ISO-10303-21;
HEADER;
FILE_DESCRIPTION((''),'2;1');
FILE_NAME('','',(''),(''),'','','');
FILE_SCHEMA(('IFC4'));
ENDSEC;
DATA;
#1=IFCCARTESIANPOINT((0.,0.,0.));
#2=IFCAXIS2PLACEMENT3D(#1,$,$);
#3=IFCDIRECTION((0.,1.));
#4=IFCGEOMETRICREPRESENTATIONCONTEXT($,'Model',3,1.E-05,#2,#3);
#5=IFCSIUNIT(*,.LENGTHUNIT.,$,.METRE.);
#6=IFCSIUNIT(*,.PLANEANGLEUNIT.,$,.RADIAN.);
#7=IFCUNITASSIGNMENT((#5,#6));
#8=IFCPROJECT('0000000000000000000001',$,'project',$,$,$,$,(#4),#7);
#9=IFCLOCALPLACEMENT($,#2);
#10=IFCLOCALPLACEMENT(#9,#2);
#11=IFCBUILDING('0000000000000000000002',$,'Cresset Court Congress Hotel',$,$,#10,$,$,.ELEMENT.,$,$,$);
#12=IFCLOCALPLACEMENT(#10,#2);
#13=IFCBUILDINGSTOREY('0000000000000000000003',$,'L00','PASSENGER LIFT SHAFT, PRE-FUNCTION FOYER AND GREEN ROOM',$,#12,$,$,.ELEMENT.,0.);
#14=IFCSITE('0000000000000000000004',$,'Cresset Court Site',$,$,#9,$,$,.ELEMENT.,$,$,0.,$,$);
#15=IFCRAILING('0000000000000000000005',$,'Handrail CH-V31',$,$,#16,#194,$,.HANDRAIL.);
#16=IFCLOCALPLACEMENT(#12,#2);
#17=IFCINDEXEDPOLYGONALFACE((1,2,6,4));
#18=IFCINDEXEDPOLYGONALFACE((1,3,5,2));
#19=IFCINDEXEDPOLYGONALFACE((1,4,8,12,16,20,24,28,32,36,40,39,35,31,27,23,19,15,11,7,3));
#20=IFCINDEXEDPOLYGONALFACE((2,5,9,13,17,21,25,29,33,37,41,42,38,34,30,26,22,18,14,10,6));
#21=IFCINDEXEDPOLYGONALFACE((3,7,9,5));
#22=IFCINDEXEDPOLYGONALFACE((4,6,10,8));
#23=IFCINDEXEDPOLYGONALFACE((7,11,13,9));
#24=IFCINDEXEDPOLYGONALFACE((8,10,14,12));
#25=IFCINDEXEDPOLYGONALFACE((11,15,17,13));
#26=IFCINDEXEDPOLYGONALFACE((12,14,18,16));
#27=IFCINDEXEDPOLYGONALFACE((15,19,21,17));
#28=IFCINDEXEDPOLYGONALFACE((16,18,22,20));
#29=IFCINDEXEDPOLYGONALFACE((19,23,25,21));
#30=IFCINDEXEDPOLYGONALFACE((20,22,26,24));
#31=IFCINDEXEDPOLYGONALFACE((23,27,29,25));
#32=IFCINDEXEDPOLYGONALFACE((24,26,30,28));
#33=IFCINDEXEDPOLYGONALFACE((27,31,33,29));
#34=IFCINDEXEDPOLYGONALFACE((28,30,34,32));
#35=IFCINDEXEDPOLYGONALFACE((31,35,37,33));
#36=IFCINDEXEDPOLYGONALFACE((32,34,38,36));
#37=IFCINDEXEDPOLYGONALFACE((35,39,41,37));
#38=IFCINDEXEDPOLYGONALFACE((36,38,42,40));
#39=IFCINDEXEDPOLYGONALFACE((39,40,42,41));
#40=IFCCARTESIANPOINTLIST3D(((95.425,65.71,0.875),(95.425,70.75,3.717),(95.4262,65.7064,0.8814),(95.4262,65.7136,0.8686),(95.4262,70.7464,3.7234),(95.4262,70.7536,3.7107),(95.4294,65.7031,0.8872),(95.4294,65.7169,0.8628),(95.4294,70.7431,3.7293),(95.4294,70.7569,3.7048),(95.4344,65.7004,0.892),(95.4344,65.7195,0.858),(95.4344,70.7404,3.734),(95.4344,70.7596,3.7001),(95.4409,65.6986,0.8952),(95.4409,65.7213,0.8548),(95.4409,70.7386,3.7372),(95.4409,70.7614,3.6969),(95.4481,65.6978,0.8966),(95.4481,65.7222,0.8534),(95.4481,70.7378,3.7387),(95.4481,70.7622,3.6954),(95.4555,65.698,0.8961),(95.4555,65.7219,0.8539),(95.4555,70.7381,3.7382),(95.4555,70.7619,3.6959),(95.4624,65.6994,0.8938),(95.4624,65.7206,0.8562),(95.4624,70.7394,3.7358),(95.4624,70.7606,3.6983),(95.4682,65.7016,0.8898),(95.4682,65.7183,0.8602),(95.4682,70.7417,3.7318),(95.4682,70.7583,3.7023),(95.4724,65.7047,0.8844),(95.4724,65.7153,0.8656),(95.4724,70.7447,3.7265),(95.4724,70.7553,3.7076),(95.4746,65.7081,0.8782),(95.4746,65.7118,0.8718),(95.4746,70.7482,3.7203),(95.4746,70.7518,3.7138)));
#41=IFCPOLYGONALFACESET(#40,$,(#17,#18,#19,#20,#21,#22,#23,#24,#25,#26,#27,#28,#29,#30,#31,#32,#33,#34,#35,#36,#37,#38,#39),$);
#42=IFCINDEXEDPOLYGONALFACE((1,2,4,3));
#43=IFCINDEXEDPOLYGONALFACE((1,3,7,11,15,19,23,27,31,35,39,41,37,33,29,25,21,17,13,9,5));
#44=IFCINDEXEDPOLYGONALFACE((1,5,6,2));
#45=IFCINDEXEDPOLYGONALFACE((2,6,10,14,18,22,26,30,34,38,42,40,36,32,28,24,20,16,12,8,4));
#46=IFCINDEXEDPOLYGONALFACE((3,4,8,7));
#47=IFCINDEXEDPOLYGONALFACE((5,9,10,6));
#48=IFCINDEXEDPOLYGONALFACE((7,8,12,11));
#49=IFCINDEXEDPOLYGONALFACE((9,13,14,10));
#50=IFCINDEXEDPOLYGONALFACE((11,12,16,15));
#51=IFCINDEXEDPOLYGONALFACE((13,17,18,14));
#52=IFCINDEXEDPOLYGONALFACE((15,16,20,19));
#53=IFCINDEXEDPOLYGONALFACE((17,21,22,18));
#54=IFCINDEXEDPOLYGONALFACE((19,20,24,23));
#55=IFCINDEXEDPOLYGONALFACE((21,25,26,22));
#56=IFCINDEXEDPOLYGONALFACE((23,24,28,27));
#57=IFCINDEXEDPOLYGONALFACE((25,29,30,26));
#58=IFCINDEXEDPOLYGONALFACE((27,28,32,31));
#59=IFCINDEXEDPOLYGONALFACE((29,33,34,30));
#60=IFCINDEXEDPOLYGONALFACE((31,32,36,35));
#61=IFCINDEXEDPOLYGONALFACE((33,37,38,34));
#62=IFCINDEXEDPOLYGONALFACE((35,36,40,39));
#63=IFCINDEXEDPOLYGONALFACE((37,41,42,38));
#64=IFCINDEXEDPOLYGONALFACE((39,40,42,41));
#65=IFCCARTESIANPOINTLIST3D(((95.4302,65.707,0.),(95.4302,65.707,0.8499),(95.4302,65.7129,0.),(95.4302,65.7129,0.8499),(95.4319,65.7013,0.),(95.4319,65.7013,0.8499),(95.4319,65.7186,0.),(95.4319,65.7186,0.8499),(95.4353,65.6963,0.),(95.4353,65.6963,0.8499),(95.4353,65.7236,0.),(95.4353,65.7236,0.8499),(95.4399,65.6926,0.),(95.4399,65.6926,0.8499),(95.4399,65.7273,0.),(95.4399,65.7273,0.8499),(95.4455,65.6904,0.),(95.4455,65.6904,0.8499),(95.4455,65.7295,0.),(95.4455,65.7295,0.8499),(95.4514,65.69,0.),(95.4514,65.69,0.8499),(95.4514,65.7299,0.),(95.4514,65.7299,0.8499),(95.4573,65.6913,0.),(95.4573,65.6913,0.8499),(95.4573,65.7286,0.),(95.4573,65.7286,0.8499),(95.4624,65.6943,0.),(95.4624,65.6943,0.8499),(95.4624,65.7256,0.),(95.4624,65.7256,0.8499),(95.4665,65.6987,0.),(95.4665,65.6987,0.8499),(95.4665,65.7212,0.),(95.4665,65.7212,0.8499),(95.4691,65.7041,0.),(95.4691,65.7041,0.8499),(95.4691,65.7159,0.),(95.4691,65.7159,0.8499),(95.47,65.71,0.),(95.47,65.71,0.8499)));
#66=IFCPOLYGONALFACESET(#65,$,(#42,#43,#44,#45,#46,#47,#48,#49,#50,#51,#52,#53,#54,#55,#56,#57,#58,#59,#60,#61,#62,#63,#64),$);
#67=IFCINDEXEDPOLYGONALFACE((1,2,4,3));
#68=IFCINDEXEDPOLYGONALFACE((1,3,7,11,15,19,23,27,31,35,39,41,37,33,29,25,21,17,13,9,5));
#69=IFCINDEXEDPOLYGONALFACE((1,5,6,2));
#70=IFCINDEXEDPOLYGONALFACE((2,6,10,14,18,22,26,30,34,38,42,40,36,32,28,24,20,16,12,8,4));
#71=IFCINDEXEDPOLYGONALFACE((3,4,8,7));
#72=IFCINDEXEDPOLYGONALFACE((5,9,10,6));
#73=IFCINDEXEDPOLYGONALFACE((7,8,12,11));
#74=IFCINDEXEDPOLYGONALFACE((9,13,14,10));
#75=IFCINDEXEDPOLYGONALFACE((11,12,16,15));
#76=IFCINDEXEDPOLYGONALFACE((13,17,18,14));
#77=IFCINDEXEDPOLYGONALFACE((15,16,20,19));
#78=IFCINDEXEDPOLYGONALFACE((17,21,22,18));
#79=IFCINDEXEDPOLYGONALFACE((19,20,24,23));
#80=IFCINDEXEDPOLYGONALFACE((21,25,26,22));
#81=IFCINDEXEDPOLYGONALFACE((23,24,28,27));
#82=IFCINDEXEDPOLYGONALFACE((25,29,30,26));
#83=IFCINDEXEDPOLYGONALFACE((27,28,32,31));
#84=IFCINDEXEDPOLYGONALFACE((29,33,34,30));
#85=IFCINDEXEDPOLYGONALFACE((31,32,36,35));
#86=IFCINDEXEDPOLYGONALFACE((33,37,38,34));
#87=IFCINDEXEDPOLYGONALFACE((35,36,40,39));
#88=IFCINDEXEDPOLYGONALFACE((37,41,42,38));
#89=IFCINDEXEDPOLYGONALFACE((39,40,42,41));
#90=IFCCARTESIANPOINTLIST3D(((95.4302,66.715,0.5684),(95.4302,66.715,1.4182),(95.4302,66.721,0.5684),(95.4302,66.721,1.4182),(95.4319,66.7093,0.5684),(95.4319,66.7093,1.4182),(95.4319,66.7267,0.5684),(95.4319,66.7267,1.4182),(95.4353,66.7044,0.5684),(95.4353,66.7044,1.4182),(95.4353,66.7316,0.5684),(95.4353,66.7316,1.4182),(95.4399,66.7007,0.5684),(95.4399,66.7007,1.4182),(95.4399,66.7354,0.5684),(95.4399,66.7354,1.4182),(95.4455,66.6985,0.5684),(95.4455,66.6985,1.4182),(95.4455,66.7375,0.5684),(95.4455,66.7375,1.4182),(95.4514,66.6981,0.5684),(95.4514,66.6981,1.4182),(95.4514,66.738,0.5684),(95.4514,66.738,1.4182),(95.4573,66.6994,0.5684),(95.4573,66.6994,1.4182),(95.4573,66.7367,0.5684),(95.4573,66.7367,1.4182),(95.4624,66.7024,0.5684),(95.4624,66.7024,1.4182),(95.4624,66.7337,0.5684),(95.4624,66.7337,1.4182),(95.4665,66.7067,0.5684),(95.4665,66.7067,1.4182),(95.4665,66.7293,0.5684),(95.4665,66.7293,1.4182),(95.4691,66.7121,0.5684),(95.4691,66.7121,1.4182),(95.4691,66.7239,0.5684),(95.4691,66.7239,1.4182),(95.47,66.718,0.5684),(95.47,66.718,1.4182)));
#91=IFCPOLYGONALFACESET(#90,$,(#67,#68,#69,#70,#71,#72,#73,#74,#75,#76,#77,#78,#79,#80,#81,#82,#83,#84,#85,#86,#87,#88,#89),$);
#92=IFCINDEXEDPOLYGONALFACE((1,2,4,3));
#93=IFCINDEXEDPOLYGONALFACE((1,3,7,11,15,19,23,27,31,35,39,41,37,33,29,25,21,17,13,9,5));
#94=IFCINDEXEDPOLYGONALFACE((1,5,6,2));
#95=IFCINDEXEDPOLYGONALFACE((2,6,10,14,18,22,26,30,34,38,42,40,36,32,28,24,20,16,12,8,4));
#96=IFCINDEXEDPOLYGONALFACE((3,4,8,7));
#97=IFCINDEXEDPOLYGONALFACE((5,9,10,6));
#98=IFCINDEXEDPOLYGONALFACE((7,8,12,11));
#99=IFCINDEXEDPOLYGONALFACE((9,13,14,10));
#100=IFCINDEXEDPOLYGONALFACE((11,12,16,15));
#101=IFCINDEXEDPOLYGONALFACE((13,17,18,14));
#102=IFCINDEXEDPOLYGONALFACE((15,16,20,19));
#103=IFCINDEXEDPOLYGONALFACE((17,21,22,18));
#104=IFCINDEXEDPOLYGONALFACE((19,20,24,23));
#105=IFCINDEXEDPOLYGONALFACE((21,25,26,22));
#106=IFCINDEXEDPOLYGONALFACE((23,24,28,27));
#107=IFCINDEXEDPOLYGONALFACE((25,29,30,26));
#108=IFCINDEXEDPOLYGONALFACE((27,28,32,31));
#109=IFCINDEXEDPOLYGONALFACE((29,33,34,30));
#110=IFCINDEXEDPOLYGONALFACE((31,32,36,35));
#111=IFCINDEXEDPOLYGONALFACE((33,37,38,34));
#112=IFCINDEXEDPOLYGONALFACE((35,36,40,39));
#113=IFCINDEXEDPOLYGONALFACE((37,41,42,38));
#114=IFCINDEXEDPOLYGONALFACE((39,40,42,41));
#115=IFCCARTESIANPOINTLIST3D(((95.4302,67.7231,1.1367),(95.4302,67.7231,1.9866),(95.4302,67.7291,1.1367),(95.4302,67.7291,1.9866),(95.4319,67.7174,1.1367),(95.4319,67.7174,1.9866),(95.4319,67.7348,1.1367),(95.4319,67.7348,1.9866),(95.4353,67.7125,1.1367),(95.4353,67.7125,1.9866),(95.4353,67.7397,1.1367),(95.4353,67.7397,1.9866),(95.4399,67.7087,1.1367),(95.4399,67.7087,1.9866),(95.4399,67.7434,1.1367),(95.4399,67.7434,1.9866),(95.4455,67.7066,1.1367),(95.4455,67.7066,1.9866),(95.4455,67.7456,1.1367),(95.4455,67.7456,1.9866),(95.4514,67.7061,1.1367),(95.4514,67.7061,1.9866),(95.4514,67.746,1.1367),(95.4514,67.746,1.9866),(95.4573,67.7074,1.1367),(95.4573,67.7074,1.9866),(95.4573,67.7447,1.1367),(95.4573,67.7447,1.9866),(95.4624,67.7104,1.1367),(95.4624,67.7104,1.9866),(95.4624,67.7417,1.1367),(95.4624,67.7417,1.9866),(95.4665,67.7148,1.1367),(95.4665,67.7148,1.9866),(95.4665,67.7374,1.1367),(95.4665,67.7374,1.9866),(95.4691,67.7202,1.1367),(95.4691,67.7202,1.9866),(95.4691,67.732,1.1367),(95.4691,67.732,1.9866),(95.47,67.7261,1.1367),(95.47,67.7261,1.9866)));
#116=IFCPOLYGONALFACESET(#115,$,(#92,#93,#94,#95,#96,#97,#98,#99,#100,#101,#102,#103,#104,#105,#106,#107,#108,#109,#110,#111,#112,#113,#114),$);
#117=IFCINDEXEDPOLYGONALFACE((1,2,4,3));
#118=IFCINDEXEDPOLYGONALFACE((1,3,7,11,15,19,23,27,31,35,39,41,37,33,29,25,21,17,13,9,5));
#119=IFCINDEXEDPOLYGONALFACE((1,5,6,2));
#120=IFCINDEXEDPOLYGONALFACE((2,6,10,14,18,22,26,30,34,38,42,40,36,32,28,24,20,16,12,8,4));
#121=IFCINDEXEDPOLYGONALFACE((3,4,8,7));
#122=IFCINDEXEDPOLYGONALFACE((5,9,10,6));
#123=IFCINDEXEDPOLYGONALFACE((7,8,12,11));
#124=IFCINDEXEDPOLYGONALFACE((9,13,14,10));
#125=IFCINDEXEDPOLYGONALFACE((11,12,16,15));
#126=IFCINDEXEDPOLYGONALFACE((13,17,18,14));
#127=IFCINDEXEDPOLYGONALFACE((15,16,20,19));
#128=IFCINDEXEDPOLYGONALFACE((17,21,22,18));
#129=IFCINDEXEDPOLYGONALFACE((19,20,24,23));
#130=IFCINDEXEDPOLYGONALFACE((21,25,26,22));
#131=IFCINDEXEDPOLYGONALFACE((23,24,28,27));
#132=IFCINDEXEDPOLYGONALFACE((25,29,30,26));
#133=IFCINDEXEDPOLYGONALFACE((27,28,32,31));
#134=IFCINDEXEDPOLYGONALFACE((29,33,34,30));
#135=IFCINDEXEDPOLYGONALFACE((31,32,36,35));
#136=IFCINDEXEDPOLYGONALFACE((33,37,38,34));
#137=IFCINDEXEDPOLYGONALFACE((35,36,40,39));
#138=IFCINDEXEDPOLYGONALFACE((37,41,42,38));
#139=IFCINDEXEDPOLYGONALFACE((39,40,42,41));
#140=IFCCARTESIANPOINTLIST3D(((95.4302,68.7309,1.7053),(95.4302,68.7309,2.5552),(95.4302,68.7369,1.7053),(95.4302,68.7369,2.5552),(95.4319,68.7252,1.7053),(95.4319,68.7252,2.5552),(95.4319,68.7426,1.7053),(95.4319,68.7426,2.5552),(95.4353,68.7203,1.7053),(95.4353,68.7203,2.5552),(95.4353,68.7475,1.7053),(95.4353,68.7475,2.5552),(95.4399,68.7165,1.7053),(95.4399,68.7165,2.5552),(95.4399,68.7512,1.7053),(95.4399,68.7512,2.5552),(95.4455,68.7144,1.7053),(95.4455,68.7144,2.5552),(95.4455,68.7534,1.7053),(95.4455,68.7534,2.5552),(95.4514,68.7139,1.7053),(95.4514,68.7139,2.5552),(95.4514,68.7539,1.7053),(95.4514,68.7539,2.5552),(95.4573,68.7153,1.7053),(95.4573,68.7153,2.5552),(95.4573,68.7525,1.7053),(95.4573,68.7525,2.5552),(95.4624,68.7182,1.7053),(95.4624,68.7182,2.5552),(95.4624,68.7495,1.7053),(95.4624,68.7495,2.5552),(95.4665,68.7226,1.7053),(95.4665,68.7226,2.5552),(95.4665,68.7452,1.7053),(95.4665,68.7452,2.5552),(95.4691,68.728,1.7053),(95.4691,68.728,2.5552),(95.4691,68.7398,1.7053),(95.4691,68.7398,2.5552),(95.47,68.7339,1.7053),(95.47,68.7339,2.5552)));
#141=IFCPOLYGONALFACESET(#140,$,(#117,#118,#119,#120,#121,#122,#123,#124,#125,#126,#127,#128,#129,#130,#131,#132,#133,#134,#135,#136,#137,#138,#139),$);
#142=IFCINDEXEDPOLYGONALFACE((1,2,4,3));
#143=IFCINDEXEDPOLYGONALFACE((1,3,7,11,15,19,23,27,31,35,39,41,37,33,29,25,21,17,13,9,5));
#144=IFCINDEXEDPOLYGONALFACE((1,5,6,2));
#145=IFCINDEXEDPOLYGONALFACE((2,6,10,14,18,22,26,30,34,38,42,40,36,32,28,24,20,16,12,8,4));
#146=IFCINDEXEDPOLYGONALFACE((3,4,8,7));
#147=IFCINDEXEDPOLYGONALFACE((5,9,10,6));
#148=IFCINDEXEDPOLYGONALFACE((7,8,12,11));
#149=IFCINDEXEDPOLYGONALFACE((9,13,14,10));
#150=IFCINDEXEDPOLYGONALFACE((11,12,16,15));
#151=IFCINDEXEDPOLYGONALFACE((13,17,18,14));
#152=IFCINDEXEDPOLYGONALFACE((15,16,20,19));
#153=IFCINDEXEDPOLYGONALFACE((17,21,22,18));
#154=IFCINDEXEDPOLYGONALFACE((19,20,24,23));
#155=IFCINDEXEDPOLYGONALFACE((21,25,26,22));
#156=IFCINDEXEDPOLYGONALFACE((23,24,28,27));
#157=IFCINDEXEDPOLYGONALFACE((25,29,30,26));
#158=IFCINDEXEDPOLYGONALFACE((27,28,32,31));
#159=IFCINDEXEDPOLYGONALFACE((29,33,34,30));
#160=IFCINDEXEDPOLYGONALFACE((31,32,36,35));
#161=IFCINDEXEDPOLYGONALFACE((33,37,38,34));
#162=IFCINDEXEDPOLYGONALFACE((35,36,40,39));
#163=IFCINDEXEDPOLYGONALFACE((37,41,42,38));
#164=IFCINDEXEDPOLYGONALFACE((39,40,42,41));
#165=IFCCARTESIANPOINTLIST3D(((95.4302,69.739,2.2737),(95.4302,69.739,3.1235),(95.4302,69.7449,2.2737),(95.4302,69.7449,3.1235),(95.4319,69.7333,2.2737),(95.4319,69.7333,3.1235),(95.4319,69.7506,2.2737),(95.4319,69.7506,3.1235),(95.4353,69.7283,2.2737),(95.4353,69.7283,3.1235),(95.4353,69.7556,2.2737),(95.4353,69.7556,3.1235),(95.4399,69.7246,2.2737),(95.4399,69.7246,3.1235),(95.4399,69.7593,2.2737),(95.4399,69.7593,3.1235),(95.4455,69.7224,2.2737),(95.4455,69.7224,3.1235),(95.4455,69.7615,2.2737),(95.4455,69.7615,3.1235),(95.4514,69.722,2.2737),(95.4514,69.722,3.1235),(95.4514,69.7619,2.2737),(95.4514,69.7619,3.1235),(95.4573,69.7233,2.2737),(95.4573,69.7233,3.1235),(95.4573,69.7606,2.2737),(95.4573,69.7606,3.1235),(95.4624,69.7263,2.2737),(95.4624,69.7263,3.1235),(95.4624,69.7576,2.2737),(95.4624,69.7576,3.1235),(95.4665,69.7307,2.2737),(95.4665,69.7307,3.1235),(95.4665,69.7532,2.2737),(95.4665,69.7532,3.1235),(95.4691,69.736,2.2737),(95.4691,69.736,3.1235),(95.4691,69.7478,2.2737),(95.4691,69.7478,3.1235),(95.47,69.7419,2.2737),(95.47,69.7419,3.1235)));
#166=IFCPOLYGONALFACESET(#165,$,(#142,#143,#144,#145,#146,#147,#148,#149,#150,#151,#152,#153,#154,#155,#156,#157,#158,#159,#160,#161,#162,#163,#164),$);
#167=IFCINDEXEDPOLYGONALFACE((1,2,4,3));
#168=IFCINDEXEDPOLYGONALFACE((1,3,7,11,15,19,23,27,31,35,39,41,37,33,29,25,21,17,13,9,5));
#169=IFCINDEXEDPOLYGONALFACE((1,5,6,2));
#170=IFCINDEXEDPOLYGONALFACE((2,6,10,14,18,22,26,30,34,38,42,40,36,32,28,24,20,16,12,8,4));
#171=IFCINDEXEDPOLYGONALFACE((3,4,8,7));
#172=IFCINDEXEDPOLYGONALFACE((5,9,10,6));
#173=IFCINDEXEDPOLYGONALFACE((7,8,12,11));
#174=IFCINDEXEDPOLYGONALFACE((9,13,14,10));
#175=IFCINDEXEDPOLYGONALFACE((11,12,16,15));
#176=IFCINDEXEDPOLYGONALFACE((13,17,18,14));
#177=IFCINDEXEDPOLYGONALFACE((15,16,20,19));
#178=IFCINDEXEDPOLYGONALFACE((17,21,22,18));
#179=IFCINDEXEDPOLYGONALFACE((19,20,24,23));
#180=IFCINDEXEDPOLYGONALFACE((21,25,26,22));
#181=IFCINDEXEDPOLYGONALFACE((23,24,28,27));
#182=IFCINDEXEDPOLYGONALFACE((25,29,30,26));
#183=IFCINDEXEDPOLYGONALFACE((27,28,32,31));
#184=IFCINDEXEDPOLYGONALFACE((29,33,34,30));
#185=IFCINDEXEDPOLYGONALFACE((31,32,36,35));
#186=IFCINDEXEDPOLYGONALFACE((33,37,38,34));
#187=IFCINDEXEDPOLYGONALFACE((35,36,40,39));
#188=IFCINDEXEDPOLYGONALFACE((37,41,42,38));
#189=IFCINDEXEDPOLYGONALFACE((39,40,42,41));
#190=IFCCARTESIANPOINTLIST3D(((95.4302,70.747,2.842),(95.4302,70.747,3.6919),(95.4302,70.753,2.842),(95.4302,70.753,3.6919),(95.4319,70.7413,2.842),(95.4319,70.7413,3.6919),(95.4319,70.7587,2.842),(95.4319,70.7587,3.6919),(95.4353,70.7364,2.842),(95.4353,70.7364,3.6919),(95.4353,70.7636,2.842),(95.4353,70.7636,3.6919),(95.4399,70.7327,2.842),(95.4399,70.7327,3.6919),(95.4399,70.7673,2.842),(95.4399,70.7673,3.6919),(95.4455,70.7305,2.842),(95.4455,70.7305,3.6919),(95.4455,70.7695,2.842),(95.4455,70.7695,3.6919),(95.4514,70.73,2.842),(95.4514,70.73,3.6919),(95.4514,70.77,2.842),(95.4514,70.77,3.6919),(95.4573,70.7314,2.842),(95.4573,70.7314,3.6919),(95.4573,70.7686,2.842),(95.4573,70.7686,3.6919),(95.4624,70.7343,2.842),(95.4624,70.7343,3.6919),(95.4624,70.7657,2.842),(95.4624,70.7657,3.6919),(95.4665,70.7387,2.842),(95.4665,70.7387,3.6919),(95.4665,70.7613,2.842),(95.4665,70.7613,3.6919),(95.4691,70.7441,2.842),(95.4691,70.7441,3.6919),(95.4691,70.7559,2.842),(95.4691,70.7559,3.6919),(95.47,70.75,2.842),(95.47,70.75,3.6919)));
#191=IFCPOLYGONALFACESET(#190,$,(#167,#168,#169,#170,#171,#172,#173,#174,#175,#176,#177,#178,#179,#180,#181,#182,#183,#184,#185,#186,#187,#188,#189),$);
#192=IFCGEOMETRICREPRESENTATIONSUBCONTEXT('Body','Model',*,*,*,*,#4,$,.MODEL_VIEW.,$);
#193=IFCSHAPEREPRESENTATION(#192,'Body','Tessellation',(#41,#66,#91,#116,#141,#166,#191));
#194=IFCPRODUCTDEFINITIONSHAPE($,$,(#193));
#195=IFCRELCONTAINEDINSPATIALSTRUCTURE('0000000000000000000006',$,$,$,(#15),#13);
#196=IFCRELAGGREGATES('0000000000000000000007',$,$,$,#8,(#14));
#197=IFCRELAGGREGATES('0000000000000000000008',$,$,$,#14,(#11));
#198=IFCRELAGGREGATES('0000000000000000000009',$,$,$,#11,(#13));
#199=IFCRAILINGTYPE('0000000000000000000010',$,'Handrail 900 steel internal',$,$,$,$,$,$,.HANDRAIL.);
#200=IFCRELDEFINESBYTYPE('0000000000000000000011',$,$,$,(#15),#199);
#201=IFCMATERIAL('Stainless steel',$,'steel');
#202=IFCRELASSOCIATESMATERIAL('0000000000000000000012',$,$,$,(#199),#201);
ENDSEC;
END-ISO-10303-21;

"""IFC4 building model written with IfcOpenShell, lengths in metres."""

from ifc_helpers import new_model, si_unit, direction, frame, origin, origin_2d, place, context, subcontext, project, spatial, circle, extrude, material, type_object, element, save


model = new_model("IFC4")

# Units and contexts
model_context = context("Model", 3, precision=1e-05, world=origin(), true_north=direction((0.0, 1.0)))
body_context = subcontext(model_context, "Body", "Model", "MODEL_VIEW")
ifc_project = project(units=[si_unit("LENGTHUNIT", "METRE"), si_unit("PLANEANGLEUNIT", "RADIAN")], contexts=[model_context])

# Site, building, storey
site_placement = place(None, origin())
site = spatial("IfcSite", under=ifc_project, at=site_placement, Name="Cresset Court Site", CompositionType="ELEMENT", RefElevation=0.0)
building_placement = place(site_placement, origin())
building = spatial("IfcBuilding", under=site, at=building_placement, Name="Cresset Court Congress Hotel", CompositionType="ELEMENT")
storey_placement = place(building_placement, origin())
storey = spatial("IfcBuildingStorey", under=building, at=storey_placement, Name="L00", Description="PASSENGER LIFT SHAFT, PRE-FUNCTION FOYER AND GREEN ROOM", CompositionType="ELEMENT", Elevation=0.0)

# Railing
ifc_material_1 = material(Name="Stainless steel", Category="steel")
railing_type_1 = type_object("IfcRailingType", Name="Handrail 900 steel internal", PredefinedType="HANDRAIL", material=ifc_material_1)
for number, where, name in (
    (1, (95.45, 65.71, 0.0), "Handrail CH-V31"),
):
    element("IfcRailing", number, at=place(storey_placement, frame(where)), inside=storey, type_object=railing_type_1, Name=name, PredefinedType="HANDRAIL", context=body_context, shape_type="SweptSolid", body=[
        extrude(circle(Radius=0.0249, at=origin_2d()), frame((0.0, 0.0, 0.875), z_axis=(0.0, 0.871057, 0.491182), x_axis=(-1.0, 0.0, 0.0)), (0.0, 0.0, 1.0), 5.7861),
        extrude(circle(Radius=0.02, at=origin_2d()), origin(), (0.0, 0.0, 1.0), 0.8499),
        extrude(circle(Radius=0.02, at=origin_2d()), frame((0.0, 1.0081, 0.5684)), (0.0, 0.0, 1.0), 0.8499),
        extrude(circle(Radius=0.02, at=origin_2d()), frame((0.0, 2.0161, 1.1367)), (0.0, 0.0, 1.0), 0.8499),
        extrude(circle(Radius=0.02, at=origin_2d()), frame((0.0, 3.0239, 1.7053)), (0.0, 0.0, 1.0), 0.8499),
        extrude(circle(Radius=0.02, at=origin_2d()), frame((0.0, 4.032, 2.2737)), (0.0, 0.0, 1.0), 0.8499),
        extrude(circle(Radius=0.02, at=origin_2d()), frame((0.0, 5.04, 2.842)), (0.0, 0.0, 1.0), 0.8499),
    ])

save(model, "model.ifc")
